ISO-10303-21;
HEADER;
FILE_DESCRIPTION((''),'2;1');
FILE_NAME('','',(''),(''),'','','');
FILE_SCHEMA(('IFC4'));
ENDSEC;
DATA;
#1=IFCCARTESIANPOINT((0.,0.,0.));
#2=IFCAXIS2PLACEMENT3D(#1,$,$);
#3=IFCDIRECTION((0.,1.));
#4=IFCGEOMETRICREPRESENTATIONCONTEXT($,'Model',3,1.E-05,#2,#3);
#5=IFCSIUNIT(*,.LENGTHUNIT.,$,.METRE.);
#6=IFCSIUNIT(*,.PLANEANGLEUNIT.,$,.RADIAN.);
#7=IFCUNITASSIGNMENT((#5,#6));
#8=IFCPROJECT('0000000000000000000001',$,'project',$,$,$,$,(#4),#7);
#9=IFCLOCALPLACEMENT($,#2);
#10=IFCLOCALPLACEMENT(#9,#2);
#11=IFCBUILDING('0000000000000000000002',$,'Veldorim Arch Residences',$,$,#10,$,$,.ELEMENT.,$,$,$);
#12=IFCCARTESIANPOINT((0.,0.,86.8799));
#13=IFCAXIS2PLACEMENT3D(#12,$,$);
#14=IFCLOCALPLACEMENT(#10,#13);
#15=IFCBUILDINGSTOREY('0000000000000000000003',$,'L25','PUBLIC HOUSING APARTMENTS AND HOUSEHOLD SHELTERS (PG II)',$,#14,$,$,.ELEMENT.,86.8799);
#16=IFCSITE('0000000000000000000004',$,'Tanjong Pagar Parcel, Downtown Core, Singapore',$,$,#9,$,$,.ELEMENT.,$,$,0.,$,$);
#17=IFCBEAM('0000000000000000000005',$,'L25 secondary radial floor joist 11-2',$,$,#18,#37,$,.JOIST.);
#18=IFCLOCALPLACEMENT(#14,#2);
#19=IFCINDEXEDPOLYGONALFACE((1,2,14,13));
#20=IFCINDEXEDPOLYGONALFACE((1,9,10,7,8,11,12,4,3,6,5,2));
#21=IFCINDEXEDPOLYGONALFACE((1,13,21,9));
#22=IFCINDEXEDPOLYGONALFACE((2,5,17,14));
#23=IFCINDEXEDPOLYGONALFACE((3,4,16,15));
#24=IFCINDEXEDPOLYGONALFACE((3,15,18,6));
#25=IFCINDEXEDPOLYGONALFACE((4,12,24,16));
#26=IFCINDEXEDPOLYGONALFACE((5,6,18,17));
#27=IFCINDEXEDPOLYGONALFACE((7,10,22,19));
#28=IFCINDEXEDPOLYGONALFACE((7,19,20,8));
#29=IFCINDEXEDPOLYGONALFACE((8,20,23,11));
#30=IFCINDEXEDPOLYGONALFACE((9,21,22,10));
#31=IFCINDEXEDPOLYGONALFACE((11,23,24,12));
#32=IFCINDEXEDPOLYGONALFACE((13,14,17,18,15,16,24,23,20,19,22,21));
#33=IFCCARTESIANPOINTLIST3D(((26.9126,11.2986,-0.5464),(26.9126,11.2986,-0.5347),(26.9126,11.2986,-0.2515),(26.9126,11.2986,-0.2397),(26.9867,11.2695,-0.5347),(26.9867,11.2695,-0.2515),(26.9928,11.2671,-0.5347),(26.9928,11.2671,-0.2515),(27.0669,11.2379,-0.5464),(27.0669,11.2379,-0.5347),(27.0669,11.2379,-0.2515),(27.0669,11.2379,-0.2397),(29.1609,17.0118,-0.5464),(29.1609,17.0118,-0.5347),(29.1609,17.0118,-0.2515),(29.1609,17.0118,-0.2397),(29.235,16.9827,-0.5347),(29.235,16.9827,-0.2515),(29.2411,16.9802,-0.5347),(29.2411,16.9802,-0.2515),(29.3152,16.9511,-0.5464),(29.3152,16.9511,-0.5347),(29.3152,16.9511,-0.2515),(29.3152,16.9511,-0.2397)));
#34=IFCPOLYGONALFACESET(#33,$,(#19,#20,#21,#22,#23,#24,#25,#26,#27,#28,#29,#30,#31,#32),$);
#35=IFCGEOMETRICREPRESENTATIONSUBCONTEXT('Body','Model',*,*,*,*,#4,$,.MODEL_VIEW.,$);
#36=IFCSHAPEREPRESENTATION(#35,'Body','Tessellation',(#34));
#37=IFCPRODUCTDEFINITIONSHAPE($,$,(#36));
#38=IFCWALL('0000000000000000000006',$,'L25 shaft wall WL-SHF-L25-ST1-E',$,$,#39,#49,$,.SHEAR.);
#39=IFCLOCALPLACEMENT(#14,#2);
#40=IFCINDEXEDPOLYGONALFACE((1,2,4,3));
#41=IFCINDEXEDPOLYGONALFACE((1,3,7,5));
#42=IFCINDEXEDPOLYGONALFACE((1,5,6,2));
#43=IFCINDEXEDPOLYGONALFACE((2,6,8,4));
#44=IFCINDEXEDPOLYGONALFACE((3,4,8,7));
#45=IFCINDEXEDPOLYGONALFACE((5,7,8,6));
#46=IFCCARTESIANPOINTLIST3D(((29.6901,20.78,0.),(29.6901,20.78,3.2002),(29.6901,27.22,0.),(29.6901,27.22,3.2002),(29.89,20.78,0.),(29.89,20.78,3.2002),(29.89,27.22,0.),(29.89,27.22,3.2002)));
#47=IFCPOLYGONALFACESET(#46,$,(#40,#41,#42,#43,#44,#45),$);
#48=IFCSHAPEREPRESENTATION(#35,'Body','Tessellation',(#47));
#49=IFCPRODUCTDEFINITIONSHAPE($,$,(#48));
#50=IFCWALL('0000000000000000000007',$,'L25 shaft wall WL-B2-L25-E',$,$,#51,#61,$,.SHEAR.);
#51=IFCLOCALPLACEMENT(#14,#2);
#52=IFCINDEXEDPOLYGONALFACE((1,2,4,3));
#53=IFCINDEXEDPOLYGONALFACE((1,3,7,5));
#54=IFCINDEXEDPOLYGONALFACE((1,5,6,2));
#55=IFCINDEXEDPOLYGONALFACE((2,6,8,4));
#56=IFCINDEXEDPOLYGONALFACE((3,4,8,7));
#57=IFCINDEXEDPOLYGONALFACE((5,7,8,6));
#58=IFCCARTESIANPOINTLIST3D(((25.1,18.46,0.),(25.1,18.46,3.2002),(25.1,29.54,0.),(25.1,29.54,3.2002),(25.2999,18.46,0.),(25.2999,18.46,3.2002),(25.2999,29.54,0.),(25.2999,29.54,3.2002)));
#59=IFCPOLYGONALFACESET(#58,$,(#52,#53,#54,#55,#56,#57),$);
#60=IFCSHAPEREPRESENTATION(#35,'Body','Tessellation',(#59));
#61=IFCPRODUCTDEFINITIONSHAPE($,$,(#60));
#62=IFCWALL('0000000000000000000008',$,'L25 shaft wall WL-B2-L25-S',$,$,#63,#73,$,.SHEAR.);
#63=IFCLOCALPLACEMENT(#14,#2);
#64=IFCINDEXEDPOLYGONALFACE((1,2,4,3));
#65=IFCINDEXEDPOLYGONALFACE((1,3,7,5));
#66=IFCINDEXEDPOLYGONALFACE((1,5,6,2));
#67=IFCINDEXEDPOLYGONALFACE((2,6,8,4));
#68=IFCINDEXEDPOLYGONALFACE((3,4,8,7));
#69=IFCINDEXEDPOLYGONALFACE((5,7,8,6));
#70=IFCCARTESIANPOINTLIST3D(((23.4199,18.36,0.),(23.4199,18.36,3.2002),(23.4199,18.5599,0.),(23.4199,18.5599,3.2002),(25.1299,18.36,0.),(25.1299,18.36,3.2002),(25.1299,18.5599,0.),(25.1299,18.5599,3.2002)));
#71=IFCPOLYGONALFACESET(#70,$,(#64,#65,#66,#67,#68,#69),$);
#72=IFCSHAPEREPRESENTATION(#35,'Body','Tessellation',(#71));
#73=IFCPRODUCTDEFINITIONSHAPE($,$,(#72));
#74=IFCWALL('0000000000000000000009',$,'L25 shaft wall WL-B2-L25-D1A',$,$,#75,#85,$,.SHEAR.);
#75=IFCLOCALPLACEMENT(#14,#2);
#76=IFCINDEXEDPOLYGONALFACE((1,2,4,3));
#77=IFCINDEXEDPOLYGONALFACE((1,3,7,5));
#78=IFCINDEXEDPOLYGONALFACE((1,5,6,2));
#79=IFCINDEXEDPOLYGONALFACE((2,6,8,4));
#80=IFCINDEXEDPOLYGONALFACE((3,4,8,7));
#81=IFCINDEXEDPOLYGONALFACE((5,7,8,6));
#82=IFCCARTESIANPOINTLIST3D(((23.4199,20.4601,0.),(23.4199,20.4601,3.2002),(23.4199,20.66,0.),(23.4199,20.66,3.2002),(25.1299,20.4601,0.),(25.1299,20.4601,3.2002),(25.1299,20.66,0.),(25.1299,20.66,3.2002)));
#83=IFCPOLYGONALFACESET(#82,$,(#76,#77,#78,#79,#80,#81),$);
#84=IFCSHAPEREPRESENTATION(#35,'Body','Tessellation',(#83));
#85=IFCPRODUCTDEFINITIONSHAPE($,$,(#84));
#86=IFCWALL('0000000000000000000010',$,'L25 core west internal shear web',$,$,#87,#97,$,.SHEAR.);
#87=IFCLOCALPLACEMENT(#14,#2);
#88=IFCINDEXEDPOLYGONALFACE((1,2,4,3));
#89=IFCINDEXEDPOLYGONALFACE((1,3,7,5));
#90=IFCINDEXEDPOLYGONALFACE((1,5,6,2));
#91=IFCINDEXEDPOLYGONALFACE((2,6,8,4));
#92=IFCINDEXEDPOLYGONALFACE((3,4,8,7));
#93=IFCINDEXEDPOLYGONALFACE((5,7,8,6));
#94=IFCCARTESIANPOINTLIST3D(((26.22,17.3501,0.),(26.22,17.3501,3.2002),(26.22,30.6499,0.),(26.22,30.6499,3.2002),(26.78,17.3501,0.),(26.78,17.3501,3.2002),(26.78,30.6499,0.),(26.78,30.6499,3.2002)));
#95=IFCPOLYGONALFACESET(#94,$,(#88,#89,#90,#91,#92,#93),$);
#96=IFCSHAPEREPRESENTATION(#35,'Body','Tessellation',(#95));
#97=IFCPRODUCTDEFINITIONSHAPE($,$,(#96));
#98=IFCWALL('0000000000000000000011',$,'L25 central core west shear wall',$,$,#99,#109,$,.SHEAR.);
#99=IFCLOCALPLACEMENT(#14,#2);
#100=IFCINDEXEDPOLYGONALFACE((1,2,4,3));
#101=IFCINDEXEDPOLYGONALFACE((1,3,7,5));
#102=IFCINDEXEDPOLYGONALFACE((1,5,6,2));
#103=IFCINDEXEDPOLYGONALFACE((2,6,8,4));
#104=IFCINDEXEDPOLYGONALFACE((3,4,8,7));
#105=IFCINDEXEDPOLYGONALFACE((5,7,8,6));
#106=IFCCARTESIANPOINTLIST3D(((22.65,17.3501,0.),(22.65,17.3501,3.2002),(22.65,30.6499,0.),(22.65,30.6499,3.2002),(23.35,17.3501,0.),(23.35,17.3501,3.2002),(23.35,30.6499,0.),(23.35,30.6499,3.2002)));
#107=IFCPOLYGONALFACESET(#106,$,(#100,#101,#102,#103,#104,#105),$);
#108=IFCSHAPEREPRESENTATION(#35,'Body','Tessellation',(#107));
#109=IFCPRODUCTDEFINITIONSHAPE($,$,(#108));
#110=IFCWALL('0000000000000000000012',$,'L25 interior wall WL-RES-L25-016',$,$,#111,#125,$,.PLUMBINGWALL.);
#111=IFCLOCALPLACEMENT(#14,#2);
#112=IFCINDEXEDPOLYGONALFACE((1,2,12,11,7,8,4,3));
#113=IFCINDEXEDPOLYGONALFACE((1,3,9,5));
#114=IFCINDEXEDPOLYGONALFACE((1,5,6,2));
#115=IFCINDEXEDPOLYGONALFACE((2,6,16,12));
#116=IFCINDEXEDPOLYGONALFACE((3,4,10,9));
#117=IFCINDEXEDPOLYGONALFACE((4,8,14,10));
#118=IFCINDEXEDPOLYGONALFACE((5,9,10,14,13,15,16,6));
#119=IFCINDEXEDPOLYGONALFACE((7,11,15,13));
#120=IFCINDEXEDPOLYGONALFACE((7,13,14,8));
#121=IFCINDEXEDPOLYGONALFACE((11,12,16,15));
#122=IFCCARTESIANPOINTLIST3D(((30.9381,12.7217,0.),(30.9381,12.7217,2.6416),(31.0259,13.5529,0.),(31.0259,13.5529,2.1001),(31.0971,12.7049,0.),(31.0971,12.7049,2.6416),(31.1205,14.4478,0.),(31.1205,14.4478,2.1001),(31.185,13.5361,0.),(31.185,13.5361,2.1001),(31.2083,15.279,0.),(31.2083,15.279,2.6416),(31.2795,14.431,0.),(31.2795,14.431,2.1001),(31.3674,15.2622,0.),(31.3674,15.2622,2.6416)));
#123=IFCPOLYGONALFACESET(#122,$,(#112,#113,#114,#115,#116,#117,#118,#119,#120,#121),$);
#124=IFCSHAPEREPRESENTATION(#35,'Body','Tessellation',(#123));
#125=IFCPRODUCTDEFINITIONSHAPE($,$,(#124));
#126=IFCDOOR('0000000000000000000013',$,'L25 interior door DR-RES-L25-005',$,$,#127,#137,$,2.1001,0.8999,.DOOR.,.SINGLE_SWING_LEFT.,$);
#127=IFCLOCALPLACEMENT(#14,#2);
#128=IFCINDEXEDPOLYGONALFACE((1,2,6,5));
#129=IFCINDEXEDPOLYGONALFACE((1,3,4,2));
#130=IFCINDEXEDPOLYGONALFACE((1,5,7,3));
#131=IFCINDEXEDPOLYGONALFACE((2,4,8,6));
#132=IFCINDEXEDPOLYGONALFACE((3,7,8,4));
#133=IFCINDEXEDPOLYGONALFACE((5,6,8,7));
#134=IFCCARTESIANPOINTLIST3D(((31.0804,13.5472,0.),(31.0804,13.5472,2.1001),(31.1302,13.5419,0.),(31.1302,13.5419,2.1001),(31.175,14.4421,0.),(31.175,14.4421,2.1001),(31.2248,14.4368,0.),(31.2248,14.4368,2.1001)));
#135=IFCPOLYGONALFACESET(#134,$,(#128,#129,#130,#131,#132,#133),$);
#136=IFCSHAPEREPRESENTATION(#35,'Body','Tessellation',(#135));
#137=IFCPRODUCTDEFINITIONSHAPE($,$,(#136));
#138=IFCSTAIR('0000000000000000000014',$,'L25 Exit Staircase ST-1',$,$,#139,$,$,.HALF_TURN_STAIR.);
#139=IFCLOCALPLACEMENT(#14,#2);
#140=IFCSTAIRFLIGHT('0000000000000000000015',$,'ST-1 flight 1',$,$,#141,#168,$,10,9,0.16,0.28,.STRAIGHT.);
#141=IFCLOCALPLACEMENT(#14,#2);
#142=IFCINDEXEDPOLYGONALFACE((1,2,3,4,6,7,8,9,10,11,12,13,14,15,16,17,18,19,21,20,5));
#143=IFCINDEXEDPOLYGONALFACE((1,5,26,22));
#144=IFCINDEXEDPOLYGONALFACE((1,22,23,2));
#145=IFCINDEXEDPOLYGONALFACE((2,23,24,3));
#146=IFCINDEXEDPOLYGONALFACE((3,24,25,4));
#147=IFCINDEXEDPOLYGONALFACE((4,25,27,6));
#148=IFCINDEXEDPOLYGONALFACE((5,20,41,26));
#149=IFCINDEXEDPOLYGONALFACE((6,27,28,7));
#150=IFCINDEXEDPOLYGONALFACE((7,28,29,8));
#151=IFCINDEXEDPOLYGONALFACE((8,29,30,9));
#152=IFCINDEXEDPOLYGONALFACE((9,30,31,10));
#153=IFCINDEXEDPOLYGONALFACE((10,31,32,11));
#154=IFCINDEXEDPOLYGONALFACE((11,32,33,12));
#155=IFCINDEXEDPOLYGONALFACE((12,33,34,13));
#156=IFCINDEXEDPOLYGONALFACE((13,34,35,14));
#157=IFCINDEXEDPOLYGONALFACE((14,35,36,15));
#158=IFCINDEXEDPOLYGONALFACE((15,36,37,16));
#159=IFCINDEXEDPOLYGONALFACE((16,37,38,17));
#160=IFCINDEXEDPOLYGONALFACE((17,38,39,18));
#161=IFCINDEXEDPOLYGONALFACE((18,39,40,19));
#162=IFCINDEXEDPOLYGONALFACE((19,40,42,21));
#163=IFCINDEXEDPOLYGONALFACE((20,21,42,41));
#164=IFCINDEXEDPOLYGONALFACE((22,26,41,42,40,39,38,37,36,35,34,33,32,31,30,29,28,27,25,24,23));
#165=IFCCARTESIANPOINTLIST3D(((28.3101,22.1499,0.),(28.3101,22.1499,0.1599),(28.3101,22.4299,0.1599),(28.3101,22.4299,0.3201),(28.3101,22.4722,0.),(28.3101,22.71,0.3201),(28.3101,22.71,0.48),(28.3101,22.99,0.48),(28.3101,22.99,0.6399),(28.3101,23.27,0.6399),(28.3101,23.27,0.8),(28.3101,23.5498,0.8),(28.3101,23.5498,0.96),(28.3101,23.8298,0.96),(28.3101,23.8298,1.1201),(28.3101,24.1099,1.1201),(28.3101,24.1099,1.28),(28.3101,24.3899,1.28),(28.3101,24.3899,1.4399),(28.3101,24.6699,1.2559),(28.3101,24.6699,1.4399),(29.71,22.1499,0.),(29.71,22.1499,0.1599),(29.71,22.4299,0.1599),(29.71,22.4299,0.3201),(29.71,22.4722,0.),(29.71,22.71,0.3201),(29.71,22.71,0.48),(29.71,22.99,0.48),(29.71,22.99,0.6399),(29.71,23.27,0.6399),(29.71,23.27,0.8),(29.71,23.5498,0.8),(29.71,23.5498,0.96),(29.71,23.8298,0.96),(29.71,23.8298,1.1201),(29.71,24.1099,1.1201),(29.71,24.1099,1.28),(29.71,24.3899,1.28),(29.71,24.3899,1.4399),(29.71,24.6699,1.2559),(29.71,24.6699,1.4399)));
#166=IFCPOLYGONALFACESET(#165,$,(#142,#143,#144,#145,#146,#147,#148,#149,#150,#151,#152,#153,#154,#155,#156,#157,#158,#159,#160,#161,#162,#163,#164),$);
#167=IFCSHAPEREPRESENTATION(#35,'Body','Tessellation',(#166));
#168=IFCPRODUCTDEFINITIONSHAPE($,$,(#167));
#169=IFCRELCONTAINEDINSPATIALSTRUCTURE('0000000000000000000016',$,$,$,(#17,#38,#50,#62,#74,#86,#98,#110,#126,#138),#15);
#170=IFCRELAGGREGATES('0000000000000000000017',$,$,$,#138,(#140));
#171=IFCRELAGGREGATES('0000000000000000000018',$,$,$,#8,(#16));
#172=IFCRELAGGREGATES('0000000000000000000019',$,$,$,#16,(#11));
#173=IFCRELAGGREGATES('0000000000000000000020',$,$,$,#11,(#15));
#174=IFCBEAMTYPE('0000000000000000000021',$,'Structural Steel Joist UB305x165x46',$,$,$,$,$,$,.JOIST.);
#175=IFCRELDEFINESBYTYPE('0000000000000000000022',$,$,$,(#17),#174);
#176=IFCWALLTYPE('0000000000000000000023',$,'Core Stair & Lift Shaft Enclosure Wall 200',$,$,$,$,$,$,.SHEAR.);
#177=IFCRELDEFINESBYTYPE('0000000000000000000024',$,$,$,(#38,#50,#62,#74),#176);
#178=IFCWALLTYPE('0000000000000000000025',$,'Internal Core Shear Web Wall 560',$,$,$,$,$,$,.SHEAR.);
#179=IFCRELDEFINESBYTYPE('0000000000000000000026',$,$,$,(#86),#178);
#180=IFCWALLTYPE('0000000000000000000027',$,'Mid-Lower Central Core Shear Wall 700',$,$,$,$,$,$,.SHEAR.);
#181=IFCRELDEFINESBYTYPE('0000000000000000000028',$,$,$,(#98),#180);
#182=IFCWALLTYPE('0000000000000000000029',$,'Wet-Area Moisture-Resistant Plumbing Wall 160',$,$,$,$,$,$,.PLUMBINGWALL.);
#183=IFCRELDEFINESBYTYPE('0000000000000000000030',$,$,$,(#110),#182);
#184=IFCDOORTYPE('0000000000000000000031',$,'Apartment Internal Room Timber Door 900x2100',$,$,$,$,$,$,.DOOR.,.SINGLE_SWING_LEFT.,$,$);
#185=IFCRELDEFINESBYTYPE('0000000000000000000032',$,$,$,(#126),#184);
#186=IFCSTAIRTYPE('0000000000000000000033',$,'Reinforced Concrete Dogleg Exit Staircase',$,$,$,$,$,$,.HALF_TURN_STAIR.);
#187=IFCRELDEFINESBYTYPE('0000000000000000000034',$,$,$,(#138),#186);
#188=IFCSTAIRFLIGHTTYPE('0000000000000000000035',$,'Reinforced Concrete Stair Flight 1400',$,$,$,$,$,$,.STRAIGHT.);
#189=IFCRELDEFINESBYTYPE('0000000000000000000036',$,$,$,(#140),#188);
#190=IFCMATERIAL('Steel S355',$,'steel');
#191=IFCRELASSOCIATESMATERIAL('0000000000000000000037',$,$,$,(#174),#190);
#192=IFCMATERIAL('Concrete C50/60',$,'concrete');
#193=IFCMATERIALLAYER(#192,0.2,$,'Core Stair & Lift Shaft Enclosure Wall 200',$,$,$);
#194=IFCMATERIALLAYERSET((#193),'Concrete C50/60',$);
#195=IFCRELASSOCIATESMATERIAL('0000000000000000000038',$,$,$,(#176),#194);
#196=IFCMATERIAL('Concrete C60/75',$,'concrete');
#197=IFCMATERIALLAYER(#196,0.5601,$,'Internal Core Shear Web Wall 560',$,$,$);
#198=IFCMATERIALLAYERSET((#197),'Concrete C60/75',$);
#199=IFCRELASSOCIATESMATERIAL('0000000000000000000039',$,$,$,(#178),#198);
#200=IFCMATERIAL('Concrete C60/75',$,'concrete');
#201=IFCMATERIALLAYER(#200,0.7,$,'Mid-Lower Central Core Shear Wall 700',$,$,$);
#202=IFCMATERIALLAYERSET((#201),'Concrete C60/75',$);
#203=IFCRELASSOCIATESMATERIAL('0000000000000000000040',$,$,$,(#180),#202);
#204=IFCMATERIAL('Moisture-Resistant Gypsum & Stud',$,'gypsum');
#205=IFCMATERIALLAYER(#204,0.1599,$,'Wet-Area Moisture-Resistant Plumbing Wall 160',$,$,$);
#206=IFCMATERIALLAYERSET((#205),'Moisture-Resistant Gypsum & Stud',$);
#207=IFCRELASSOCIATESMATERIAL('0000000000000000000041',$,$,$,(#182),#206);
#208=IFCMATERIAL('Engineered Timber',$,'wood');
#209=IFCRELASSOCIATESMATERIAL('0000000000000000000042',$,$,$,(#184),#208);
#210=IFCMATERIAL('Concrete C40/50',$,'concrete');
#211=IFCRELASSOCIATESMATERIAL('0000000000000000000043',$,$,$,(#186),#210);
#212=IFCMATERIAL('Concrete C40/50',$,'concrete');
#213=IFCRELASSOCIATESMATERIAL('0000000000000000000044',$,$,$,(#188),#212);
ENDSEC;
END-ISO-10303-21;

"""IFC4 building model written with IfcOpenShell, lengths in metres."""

from ifc_helpers import new_model, si_unit, direction, frame, frame_2d, origin, origin_2d, place, context, subcontext, project, spatial, polyline, rectangle, i_section, outline, extrude, material, layer, layer_set, material_profile, profile_set, type_object, element, fill, aggregate, save


model = new_model("IFC4")

# Units and contexts
model_context = context("Model", 3, precision=1e-05, world=origin(), true_north=direction((0.0, 1.0)))
body_context = subcontext(model_context, "Body", "Model", "MODEL_VIEW")
ifc_project = project(units=[si_unit("LENGTHUNIT", "METRE"), si_unit("PLANEANGLEUNIT", "RADIAN")], contexts=[model_context])

# Site, building, storey
site_placement = place(None, origin())
site = spatial("IfcSite", under=ifc_project, at=site_placement, Name="Tanjong Pagar Parcel, Downtown Core, Singapore", CompositionType="ELEMENT", RefElevation=0.0)
building_placement = place(site_placement, origin())
building = spatial("IfcBuilding", under=site, at=building_placement, Name="Veldorim Arch Residences", CompositionType="ELEMENT")
storey_placement = place(building_placement, frame((0.0, 0.0, 86.8799)))
storey = spatial("IfcBuildingStorey", under=building, at=storey_placement, Name="L25", Description="PUBLIC HOUSING APARTMENTS AND HOUSEHOLD SHELTERS (PG II)", CompositionType="ELEMENT", Elevation=86.8799)

# Beam
ifc_material_1 = material(Name="Steel S355", Category="steel")
ifc_material_profile_1 = material_profile(ifc_material_1, i_section(OverallWidth=0.1658, OverallDepth=0.3066, WebThickness=0.0066, FlangeThickness=0.0117, at=origin_2d()), Name="UB305x165x46")
ifc_profile_set_1 = profile_set([ifc_material_profile_1], Name="Steel S355")
beam_type_1 = type_object("IfcBeamType", Name="Structural Steel Joist UB305x165x46", PredefinedType="JOIST", material=ifc_profile_set_1)
beam_1_placement = place(storey_placement, frame((29.238, 16.9814, -0.3931), z_axis=(-0.366195, -0.930538, 0.0), x_axis=(0.930538, -0.366195, 0.0)))
element("IfcBeam", 1, at=beam_1_placement, inside=storey, type_object=beam_type_1, Name="L25 secondary radial floor joist 11-2", PredefinedType="JOIST", context=body_context, shape_type="SweptSolid", body=[
    extrude(i_section(OverallWidth=0.1658, OverallDepth=0.3066, WebThickness=0.0066, FlangeThickness=0.0117, at=origin_2d()), origin(), (0.0, 0.0, 1.0), 6.1396),
])

# Wall
ifc_material_2 = material(Name="Concrete C50/60", Category="concrete")
ifc_layer_1 = layer(ifc_material_2, 0.2, Name="Core Stair & Lift Shaft Enclosure Wall 200")
ifc_layer_set_1 = layer_set([ifc_layer_1], Name="Concrete C50/60")
wall_type_1 = type_object("IfcWallType", Name="Core Stair & Lift Shaft Enclosure Wall 200", PredefinedType="SHEAR", material=ifc_layer_set_1)
wall_1_placement = place(storey_placement, frame((29.79, 20.78, 0.0), z_axis=(0.0, 0.0, 1.0), x_axis=(0.0, 1.0, 0.0)))
element("IfcWall", 2, at=wall_1_placement, inside=storey, type_object=wall_type_1, Name="L25 shaft wall WL-SHF-L25-ST1-E", PredefinedType="SHEAR", context=body_context, shape_type="SweptSolid", body=[
    extrude(rectangle(XDim=6.4399, YDim=0.2, at=frame_2d((3.22, 0.0))), origin(), (0.0, 0.0, 1.0), 3.2002),
])

# Walls
wall_2_placement = place(storey_placement, frame((25.2, 18.46, 0.0), z_axis=(0.0, 0.0, 1.0), x_axis=(0.0, 1.0, 0.0)))
element("IfcWall", 3, at=wall_2_placement, inside=storey, type_object=wall_type_1, Name="L25 shaft wall WL-B2-L25-E", PredefinedType="SHEAR", context=body_context, shape_type="SweptSolid", body=[
    extrude(rectangle(XDim=11.0801, YDim=0.2, at=frame_2d((5.54, 0.0))), origin(), (0.0, 0.0, 1.0), 3.2002),
])
for number, where, z_axis, x_axis, name in (
    (4, (23.4199, 18.46, 0.0), (0.0, 0.0, 1.0), (1.0, 0.0, 0.0), "L25 shaft wall WL-B2-L25-S"),
    (5, (23.4199, 20.5601, 0.0), (0.0, 0.0, 1.0), (1.0, 0.0, 0.0), "L25 shaft wall WL-B2-L25-D1A"),
):
    element("IfcWall", number, at=place(storey_placement, frame(where, z_axis=z_axis, x_axis=x_axis)), inside=storey, type_object=wall_type_1, Name=name, PredefinedType="SHEAR", context=body_context, shape_type="SweptSolid", body=[
        extrude(rectangle(XDim=1.71, YDim=0.2, at=frame_2d((0.855, 0.0))), origin(), (0.0, 0.0, 1.0), 3.2002),
    ])
ifc_material_3 = material(Name="Concrete C60/75", Category="concrete")
ifc_layer_2 = layer(ifc_material_3, 0.5601, Name="Internal Core Shear Web Wall 560")
ifc_layer_set_2 = layer_set([ifc_layer_2], Name="Concrete C60/75")
wall_type_2 = type_object("IfcWallType", Name="Internal Core Shear Web Wall 560", PredefinedType="SHEAR", material=ifc_layer_set_2)
wall_3_placement = place(storey_placement, frame((26.5, 17.3501, 0.0), z_axis=(0.0, 0.0, 1.0), x_axis=(0.0, 1.0, 0.0)))
element("IfcWall", 6, at=wall_3_placement, inside=storey, type_object=wall_type_2, Name="L25 core west internal shear web", PredefinedType="SHEAR", context=body_context, shape_type="SweptSolid", body=[
    extrude(rectangle(XDim=13.2998, YDim=0.5601, at=frame_2d((6.6499, 0.0))), origin(), (0.0, 0.0, 1.0), 3.2002),
])

# Shared definitions
ifc_material_4 = material(Name="Concrete C60/75", Category="concrete")
ifc_layer_3 = layer(ifc_material_4, 0.7, Name="Mid-Lower Central Core Shear Wall 700")
ifc_layer_set_3 = layer_set([ifc_layer_3], Name="Concrete C60/75")
wall_type_3 = type_object("IfcWallType", Name="Mid-Lower Central Core Shear Wall 700", PredefinedType="SHEAR", material=ifc_layer_set_3)

# Wall
wall_4_placement = place(storey_placement, frame((23.0, 17.3501, 0.0), z_axis=(0.0, 0.0, 1.0), x_axis=(0.0, 1.0, 0.0)))
element("IfcWall", 7, at=wall_4_placement, inside=storey, type_object=wall_type_3, Name="L25 central core west shear wall", PredefinedType="SHEAR", context=body_context, shape_type="SweptSolid", body=[
    extrude(rectangle(XDim=13.2998, YDim=0.7, at=frame_2d((6.6499, 0.0))), origin(), (0.0, 0.0, 1.0), 3.2002),
])

# Wall, opening, door
ifc_material_5 = material(Name="Moisture-Resistant Gypsum & Stud", Category="gypsum")
ifc_layer_4 = layer(ifc_material_5, 0.1599, Name="Wet-Area Moisture-Resistant Plumbing Wall 160")
ifc_layer_set_4 = layer_set([ifc_layer_4], Name="Moisture-Resistant Gypsum & Stud")
wall_type_4 = type_object("IfcWallType", Name="Wet-Area Moisture-Resistant Plumbing Wall 160", PredefinedType="PLUMBINGWALL", material=ifc_layer_set_4)
wall_5_placement = place(storey_placement, frame((31.2878, 15.2705, 0.0), z_axis=(0.0, 0.0, 1.0), x_axis=(-0.105095, -0.994462, 0.0)))
wall_5 = element("IfcWall", 8, at=wall_5_placement, inside=storey, type_object=wall_type_4, Name="L25 interior wall WL-RES-L25-016", PredefinedType="PLUMBINGWALL", context=body_context, shape_type="SweptSolid", body=[
    extrude(rectangle(XDim=2.5715, YDim=0.1599, at=frame_2d((1.2856, 0.0))), origin(), (0.0, 0.0, 1.0), 2.6416),
])
opening_1_placement = place(wall_5_placement, frame((0.8357, 0.0, 0.0)))
opening_1 = element("IfcOpeningElement", 9, at=opening_1_placement, cuts=wall_5, PredefinedType="OPENING", context=body_context, shape_type="SweptSolid", body=[
    extrude(rectangle(XDim=0.8999, YDim=2.1001, at=frame_2d((0.45, 1.05))), frame((0.0, 0.0898, 0.0), z_axis=(0.0, -1.0, 0.0), x_axis=(1.0, 0.0, 0.0)), (0.0, 0.0, 1.0), 0.1799),
])
ifc_material_6 = material(Name="Engineered Timber", Category="wood")
door_type_1 = type_object("IfcDoorType", Name="Apartment Internal Room Timber Door 900x2100", OperationType="SINGLE_SWING_LEFT", PredefinedType="DOOR", material=ifc_material_6)
door_1_placement = place(opening_1_placement, origin())
door_1 = element("IfcDoor", 10, at=door_1_placement, inside=storey, type_object=door_type_1, Name="L25 interior door DR-RES-L25-005", OperationType="SINGLE_SWING_LEFT", OverallHeight=2.1001, OverallWidth=0.8999, PredefinedType="DOOR", context=body_context, shape_type="SweptSolid", body=[
    extrude(rectangle(XDim=0.8999, YDim=2.1001, at=frame_2d((0.45, 1.05))), frame((0.0, 0.0249, 0.0), z_axis=(0.0, -1.0, 0.0), x_axis=(1.0, 0.0, 0.0)), (0.0, 0.0, 1.0), 0.05),
])
fill(opening_1, door_1)

# Stair, stair flight
ifc_material_7 = material(Name="Concrete C40/50", Category="concrete")
stair_type = type_object("IfcStairType", Name="Reinforced Concrete Dogleg Exit Staircase", PredefinedType="HALF_TURN_STAIR", material=ifc_material_7)
stair_placement = place(storey_placement, origin())
stair = element("IfcStair", 11, at=stair_placement, inside=storey, type_object=stair_type, Name="L25 Exit Staircase ST-1", PredefinedType="HALF_TURN_STAIR")
ifc_material_8 = material(Name="Concrete C40/50", Category="concrete")
stair_flight_type = type_object("IfcStairFlightType", Name="Reinforced Concrete Stair Flight 1400", PredefinedType="STRAIGHT", material=ifc_material_8)
stair_flight_placement = place(storey_placement, frame((29.01, 22.1499, 0.0), z_axis=(0.0, 0.0, 1.0), x_axis=(0.0, 1.0, 0.0)))
stair_flight = element("IfcStairFlight", 12, at=stair_flight_placement, type_object=stair_flight_type, Name="ST-1 flight 1", NumberOfRisers=10, NumberOfTreads=9, PredefinedType="STRAIGHT", RiserHeight=0.16, TreadLength=0.28, context=body_context, shape_type="SweptSolid", body=[
    extrude(outline(polyline([(0.0, 0.0), (0.0, 0.1599), (0.28, 0.1599), (0.28, 0.3201), (0.5601, 0.3201), (0.5601, 0.48), (0.8401, 0.48), (0.8401, 0.6399), (1.1201, 0.6399), (1.1201, 0.8), (1.3999, 0.8), (1.3999, 0.96), (1.6799, 0.96), (1.6799, 1.1201), (1.96, 1.1201), (1.96, 1.28), (2.24, 1.28), (2.24, 1.4399), (2.52, 1.4399), (2.52, 1.6001), (2.52, 1.2559), (0.3223, 0.0), (0.0, 0.0)])), frame((0.0, 0.7, 0.0), z_axis=(0.0, -1.0, 0.0), x_axis=(1.0, 0.0, 0.0)), (0.0, 0.0, 1.0), 1.3999),
])
aggregate(stair, [stair_flight])

save(model, "model.ifc")
